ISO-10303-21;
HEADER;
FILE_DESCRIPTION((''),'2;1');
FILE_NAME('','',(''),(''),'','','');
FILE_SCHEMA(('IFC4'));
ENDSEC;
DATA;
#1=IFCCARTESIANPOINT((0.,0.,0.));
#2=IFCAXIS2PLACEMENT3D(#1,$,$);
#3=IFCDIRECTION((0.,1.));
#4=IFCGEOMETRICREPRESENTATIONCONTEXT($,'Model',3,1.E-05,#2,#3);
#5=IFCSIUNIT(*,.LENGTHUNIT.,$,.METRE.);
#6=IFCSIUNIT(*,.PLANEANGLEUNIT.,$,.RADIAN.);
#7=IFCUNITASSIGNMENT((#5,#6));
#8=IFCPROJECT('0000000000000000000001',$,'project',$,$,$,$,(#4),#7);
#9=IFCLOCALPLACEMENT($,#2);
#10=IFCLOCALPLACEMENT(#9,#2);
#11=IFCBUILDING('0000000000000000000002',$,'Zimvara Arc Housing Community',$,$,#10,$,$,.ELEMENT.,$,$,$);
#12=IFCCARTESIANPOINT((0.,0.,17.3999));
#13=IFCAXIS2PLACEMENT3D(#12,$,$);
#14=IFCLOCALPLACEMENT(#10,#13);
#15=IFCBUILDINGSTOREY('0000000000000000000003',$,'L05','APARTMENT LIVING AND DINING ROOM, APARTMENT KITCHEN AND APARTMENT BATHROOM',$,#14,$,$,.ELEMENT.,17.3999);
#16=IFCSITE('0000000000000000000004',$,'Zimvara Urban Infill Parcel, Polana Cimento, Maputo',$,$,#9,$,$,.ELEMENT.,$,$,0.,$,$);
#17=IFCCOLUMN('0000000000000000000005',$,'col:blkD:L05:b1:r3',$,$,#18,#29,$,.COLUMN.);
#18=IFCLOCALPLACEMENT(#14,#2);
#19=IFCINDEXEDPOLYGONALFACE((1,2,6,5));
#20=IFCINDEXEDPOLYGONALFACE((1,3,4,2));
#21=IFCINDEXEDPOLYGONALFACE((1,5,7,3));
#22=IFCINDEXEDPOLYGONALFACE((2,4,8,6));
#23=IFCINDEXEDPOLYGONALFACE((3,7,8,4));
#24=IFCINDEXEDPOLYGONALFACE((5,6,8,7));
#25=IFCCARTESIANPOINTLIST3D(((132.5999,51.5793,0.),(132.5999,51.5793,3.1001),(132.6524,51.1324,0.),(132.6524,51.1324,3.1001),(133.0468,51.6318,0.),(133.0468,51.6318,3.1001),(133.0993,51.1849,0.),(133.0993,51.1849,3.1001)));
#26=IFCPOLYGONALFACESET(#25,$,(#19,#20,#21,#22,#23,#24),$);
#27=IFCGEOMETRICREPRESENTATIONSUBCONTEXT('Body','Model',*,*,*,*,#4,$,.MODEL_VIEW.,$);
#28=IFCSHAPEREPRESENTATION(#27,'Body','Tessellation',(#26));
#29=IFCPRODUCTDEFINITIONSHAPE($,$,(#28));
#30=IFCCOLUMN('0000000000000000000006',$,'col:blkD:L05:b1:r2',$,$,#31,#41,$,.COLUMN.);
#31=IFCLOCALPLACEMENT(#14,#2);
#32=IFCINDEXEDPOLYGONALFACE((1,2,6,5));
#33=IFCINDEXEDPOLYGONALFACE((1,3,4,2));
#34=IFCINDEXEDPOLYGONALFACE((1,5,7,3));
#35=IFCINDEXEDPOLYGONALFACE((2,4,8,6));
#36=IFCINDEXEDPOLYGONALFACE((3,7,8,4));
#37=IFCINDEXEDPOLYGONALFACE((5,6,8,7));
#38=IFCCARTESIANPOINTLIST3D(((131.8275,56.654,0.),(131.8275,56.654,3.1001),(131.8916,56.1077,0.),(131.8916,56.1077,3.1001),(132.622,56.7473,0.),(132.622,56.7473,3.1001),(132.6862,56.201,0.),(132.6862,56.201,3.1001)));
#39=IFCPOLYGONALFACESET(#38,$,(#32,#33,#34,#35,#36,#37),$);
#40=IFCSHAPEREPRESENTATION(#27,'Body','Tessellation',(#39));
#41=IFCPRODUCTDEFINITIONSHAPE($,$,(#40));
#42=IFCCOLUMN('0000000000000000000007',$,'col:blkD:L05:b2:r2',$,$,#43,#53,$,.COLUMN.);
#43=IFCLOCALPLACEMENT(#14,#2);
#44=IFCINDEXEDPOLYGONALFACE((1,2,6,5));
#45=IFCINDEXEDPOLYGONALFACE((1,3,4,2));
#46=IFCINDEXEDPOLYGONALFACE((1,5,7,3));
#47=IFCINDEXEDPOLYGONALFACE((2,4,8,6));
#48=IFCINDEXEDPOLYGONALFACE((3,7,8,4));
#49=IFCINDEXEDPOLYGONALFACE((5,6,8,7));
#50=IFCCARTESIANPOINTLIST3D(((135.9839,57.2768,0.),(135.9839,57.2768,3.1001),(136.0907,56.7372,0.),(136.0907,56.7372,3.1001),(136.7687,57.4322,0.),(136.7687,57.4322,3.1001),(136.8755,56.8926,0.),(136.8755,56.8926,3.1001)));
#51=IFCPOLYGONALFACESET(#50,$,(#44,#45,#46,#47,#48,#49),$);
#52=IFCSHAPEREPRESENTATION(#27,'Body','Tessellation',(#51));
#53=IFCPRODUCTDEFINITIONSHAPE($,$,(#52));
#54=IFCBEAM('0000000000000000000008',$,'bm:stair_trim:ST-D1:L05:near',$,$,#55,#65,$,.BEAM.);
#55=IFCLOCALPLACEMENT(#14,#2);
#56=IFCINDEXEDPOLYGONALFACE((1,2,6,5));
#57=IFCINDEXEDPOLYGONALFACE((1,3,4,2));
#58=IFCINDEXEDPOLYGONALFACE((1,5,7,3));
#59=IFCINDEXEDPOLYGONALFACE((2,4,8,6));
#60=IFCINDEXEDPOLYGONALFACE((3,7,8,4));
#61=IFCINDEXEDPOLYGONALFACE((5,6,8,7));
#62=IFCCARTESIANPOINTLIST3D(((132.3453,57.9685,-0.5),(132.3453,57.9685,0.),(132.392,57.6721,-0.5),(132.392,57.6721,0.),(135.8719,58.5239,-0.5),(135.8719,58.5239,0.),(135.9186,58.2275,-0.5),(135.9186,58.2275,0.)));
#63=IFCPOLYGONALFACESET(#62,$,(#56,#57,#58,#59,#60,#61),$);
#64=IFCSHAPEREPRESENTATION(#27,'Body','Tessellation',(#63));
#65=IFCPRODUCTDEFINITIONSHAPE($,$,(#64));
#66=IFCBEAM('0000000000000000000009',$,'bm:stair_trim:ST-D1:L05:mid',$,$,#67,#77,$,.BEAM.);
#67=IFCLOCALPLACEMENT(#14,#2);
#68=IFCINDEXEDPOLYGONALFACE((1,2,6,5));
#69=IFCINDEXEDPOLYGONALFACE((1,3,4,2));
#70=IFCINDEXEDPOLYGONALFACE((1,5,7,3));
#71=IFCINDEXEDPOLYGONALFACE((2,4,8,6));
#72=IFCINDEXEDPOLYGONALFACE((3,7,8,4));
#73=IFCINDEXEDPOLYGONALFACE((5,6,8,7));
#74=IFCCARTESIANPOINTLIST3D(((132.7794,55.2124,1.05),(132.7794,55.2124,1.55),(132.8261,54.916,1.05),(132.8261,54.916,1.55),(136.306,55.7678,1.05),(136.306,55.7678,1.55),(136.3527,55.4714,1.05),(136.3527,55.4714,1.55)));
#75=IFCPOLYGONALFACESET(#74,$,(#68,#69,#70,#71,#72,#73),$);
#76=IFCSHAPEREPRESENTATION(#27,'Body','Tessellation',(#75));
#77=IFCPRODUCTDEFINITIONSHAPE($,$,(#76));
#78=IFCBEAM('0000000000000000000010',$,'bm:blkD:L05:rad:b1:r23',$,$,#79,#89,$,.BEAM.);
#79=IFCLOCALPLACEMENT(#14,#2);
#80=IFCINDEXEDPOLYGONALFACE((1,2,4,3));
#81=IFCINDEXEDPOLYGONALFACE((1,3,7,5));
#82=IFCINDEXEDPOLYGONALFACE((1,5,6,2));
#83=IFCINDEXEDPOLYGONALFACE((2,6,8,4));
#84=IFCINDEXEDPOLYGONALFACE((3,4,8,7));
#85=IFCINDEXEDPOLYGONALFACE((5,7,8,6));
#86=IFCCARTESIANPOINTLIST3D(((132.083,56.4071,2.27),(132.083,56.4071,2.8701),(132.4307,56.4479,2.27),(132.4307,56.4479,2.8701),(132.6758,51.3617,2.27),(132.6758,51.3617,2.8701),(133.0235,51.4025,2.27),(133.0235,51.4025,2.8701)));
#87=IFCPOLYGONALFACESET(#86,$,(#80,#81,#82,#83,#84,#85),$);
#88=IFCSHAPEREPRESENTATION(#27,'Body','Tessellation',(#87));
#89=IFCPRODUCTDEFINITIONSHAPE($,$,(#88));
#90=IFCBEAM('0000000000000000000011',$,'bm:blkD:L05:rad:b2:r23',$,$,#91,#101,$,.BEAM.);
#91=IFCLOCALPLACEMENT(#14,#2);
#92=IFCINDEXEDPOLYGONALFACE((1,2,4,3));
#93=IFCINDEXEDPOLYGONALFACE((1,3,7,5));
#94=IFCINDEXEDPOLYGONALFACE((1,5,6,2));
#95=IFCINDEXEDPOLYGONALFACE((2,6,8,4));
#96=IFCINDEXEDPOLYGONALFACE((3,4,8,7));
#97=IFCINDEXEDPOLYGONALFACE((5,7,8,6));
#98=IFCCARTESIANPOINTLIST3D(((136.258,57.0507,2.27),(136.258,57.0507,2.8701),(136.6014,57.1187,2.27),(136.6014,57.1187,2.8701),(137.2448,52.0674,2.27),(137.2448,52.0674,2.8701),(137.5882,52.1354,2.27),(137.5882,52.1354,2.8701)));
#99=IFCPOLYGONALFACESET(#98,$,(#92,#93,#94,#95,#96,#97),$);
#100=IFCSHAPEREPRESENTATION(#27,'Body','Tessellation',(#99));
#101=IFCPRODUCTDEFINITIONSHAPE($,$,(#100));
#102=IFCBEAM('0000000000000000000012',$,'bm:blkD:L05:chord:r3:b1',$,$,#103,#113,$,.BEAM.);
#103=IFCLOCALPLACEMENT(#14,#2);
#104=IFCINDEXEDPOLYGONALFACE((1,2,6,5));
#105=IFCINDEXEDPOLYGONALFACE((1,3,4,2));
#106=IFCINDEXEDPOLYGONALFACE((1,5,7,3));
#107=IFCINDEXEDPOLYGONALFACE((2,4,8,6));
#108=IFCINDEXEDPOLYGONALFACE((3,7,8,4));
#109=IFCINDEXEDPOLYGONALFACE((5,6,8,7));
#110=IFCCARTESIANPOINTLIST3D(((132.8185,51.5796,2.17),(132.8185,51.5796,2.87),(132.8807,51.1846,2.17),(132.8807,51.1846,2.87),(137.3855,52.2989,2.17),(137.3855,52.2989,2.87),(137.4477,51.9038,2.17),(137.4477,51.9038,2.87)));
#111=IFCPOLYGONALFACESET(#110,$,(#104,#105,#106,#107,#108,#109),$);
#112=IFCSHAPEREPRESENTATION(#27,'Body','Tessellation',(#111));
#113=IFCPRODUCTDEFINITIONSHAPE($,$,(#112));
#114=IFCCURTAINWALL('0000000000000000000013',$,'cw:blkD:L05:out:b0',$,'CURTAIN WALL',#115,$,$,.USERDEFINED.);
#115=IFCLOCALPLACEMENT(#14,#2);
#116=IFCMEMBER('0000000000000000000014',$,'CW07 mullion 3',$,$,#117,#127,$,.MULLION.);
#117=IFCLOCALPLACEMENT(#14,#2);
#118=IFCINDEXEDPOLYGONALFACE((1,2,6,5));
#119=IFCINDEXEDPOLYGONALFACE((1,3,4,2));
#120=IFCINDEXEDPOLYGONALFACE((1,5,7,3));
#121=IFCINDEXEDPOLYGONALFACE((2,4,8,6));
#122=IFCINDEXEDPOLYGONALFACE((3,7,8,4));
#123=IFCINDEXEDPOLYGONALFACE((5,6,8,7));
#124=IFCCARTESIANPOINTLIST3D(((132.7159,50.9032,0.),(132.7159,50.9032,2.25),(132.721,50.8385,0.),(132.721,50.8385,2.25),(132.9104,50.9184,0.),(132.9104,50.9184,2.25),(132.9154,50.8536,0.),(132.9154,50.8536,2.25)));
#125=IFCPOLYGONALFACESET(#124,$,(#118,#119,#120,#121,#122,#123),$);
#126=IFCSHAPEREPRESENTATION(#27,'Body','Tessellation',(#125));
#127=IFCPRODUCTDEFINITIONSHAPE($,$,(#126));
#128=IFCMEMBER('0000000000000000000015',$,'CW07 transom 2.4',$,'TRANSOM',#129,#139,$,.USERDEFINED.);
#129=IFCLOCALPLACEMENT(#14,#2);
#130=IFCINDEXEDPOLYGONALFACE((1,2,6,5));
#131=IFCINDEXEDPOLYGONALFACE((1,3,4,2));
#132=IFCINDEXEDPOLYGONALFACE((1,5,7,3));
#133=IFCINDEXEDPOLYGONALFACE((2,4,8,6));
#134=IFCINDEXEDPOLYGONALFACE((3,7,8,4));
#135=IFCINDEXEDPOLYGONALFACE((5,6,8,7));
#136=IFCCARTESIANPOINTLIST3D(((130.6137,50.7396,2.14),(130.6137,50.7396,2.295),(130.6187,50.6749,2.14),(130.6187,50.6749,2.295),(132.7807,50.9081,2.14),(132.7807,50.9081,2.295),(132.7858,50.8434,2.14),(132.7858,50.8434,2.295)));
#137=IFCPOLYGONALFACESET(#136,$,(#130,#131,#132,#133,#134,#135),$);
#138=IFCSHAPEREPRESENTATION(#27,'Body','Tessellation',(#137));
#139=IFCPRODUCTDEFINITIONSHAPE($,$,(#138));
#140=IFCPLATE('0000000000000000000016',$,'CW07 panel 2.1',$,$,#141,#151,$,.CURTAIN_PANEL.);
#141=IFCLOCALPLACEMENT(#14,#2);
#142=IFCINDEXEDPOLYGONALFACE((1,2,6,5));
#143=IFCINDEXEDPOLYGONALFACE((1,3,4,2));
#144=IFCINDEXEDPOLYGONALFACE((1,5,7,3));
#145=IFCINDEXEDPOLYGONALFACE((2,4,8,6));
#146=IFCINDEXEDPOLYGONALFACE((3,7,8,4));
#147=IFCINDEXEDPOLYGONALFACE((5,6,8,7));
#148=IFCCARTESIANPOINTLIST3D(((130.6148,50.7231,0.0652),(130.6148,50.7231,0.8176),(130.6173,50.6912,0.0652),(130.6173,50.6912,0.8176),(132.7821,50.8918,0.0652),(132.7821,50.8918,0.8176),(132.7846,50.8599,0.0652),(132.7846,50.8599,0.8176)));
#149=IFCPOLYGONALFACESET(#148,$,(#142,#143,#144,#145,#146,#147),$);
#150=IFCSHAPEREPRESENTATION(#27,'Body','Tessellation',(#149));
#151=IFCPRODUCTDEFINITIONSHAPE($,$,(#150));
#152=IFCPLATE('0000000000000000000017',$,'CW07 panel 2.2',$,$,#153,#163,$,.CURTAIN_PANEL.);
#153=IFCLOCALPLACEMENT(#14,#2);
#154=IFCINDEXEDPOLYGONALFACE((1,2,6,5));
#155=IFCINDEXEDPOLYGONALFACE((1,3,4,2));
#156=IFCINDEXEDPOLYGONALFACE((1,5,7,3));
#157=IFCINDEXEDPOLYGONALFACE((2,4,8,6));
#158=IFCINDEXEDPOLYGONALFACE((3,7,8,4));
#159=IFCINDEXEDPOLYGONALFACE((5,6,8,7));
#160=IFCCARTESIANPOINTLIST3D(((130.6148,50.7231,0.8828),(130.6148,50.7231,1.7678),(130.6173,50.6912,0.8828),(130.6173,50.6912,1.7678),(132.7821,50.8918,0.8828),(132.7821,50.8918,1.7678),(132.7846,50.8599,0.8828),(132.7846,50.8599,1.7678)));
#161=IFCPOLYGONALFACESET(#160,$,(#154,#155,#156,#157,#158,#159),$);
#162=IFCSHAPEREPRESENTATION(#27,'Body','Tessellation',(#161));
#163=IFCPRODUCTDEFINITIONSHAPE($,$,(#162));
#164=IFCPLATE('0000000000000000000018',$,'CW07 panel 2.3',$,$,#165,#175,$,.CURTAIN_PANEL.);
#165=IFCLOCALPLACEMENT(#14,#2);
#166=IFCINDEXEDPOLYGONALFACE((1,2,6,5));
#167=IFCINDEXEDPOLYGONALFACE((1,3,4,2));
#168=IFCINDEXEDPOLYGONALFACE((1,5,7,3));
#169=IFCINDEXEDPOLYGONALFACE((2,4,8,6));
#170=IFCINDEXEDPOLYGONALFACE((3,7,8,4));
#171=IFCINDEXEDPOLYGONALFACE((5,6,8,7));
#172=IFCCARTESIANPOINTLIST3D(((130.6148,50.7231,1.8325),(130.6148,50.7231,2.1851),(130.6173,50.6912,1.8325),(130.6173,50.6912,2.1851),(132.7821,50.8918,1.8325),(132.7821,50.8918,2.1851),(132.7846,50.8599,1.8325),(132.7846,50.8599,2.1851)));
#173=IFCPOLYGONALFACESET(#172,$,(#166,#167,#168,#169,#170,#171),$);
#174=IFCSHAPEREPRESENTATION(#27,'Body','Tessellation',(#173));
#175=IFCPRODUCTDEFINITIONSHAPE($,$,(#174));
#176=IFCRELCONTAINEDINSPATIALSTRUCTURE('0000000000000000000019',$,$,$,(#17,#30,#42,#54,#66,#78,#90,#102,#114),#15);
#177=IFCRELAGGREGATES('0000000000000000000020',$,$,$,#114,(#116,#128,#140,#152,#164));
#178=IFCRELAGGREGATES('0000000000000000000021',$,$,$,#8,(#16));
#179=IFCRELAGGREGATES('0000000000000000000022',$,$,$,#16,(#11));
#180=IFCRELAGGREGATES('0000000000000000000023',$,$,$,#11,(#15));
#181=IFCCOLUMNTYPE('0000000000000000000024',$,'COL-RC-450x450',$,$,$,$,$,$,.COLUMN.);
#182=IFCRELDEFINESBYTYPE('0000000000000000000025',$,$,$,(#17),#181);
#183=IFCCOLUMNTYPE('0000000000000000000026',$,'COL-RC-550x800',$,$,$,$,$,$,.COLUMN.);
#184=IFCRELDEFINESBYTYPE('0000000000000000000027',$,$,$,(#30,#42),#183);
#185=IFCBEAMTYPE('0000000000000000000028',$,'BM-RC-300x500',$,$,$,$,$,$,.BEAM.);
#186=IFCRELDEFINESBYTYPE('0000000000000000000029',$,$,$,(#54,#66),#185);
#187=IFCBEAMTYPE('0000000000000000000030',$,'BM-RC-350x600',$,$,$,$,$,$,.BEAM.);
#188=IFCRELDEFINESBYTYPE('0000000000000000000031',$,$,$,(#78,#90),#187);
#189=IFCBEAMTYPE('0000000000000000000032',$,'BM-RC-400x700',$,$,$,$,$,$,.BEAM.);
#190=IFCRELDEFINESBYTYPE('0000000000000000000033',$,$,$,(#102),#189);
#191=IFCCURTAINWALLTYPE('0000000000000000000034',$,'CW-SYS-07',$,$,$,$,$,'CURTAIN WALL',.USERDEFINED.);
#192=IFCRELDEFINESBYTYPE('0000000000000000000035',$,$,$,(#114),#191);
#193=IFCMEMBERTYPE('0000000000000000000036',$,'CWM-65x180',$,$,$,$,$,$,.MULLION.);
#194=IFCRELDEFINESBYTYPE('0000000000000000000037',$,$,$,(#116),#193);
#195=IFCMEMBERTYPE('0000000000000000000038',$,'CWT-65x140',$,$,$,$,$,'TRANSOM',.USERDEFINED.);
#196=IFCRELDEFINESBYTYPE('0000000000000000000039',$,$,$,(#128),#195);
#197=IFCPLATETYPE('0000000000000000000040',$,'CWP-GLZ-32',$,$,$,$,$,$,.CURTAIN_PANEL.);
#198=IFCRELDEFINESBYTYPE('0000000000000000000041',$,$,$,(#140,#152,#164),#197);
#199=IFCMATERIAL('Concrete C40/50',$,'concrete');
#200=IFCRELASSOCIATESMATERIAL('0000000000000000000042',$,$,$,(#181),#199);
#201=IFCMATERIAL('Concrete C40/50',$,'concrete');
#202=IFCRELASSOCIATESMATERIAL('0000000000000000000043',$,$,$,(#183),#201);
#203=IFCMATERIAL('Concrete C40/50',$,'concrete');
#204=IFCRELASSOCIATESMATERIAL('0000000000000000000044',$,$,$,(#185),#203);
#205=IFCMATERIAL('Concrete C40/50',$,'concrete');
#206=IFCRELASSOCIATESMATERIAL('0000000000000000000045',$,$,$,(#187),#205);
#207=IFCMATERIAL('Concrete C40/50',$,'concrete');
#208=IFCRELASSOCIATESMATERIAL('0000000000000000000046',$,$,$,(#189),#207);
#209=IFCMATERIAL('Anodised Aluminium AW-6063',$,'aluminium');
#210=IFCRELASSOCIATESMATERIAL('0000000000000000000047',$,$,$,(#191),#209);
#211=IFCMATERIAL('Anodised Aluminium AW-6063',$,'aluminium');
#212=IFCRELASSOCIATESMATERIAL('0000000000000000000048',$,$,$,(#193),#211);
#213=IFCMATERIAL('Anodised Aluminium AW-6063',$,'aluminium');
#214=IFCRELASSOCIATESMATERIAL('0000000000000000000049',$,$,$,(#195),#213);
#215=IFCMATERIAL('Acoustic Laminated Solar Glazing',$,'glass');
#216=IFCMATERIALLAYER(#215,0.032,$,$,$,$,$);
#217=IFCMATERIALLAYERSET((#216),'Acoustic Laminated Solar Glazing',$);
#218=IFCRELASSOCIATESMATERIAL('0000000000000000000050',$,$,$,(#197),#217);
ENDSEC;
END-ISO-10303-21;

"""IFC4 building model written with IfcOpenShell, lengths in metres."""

from ifc_helpers import new_model, si_unit, direction, frame, origin, origin_2d, place, context, subcontext, project, spatial, rectangle, extrude, material, layer, layer_set, material_profile, profile_set, type_object, element, aggregate, save


model = new_model("IFC4")

# Units and contexts
model_context = context("Model", 3, precision=1e-05, world=origin(), true_north=direction((0.0, 1.0)))
body_context = subcontext(model_context, "Body", "Model", "MODEL_VIEW")
ifc_project = project(units=[si_unit("LENGTHUNIT", "METRE"), si_unit("PLANEANGLEUNIT", "RADIAN")], contexts=[model_context])

# Site, building, storey
site_placement = place(None, origin())
site = spatial("IfcSite", under=ifc_project, at=site_placement, Name="Zimvara Urban Infill Parcel, Polana Cimento, Maputo", CompositionType="ELEMENT", RefElevation=0.0)
building_placement = place(site_placement, origin())
building = spatial("IfcBuilding", under=site, at=building_placement, Name="Zimvara Arc Housing Community", CompositionType="ELEMENT")
storey_placement = place(building_placement, frame((0.0, 0.0, 17.3999)))
storey = spatial("IfcBuildingStorey", under=building, at=storey_placement, Name="L05", Description="APARTMENT LIVING AND DINING ROOM, APARTMENT KITCHEN AND APARTMENT BATHROOM", CompositionType="ELEMENT", Elevation=17.3999)

# Columns
ifc_material_1 = material(Name="Concrete C40/50", Category="concrete")
ifc_material_profile_1 = material_profile(ifc_material_1, rectangle(XDim=0.45, YDim=0.45, at=origin_2d()), Name="RC 450x450")
ifc_profile_set_1 = profile_set([ifc_material_profile_1], Name="Concrete C40/50")
column_type_1 = type_object("IfcColumnType", Name="COL-RC-450x450", PredefinedType="COLUMN", material=ifc_profile_set_1)
column_placement = place(storey_placement, frame((132.8496, 51.3821, 0.0), z_axis=(0.0, 0.0, 1.0), x_axis=(0.116671, -0.993171, 0.0)))
element("IfcColumn", 1, at=column_placement, inside=storey, type_object=column_type_1, Name="col:blkD:L05:b1:r3", PredefinedType="COLUMN", context=body_context, shape_type="SweptSolid", body=[
    extrude(rectangle(XDim=0.45, YDim=0.45, at=origin_2d()), origin(), (0.0, 0.0, 1.0), 3.1001),
])
ifc_material_2 = material(Name="Concrete C40/50", Category="concrete")
ifc_material_profile_2 = material_profile(ifc_material_2, rectangle(XDim=0.55, YDim=0.8, at=origin_2d()), Name="RC 550x800")
ifc_profile_set_2 = profile_set([ifc_material_profile_2], Name="Concrete C40/50")
column_type_2 = type_object("IfcColumnType", Name="COL-RC-550x800", PredefinedType="COLUMN", material=ifc_profile_set_2)
for number, where, z_axis, x_axis, name in (
    (2, (132.2568, 56.4275, 0.0), (0.0, 0.0, 1.0), (0.116671, -0.993171, 0.0), "col:blkD:L05:b1:r2"),
    (3, (136.4297, 57.0847, 0.0), (0.0, 0.0, 1.0), (0.194234, -0.980955, 0.0), "col:blkD:L05:b2:r2"),
):
    element("IfcColumn", number, at=place(storey_placement, frame(where, z_axis=z_axis, x_axis=x_axis)), inside=storey, type_object=column_type_2, Name=name, PredefinedType="COLUMN", context=body_context, shape_type="SweptSolid", body=[
        extrude(rectangle(XDim=0.55, YDim=0.8, at=origin_2d()), origin(), (0.0, 0.0, 1.0), 3.1001),
    ])

# Beams
ifc_material_3 = material(Name="Concrete C40/50", Category="concrete")
ifc_material_profile_3 = material_profile(ifc_material_3, rectangle(XDim=0.3, YDim=0.5, at=origin_2d()), Name="RC 300x500")
ifc_profile_set_3 = profile_set([ifc_material_profile_3], Name="Concrete C40/50")
beam_type_1 = type_object("IfcBeamType", Name="BM-RC-300x500", PredefinedType="BEAM", material=ifc_profile_set_3)
for number, where, z_axis, x_axis, name in (
    (4, (132.3687, 57.8203, -0.25), (0.987824, 0.155576, 0.0), (-0.155576, 0.987824, 0.0), "bm:stair_trim:ST-D1:L05:near"),
    (5, (132.8027, 55.0642, 1.3), (0.987824, 0.155576, 0.0), (-0.155576, 0.987824, 0.0), "bm:stair_trim:ST-D1:L05:mid"),
):
    element("IfcBeam", number, at=place(storey_placement, frame(where, z_axis=z_axis, x_axis=x_axis)), inside=storey, type_object=beam_type_1, Name=name, PredefinedType="BEAM", context=body_context, shape_type="SweptSolid", body=[
        extrude(rectangle(XDim=0.3, YDim=0.5, at=origin_2d()), origin(), (0.0, 0.0, 1.0), 3.5701),
    ])
ifc_material_4 = material(Name="Concrete C40/50", Category="concrete")
ifc_material_profile_4 = material_profile(ifc_material_4, rectangle(XDim=0.3501, YDim=0.6001, at=origin_2d()), Name="RC 350x600")
ifc_profile_set_4 = profile_set([ifc_material_profile_4], Name="Concrete C40/50")
beam_type_2 = type_object("IfcBeamType", Name="BM-RC-350x600", PredefinedType="BEAM", material=ifc_profile_set_4)
for number, where, z_axis, x_axis, name in (
    (6, (132.2568, 56.4275, 2.5701), (0.116685, -0.993169, 0.0), (0.993169, 0.116685, 0.0), "bm:blkD:L05:rad:b1:r23"),
    (7, (136.4297, 57.0847, 2.5701), (0.194249, -0.980952, 0.0), (0.980952, 0.194249, 0.0), "bm:blkD:L05:rad:b2:r23"),
):
    element("IfcBeam", number, at=place(storey_placement, frame(where, z_axis=z_axis, x_axis=x_axis)), inside=storey, type_object=beam_type_2, Name=name, PredefinedType="BEAM", context=body_context, shape_type="SweptSolid", body=[
        extrude(rectangle(XDim=0.3501, YDim=0.6001, at=origin_2d()), origin(), (0.0, 0.0, 1.0), 5.0801),
    ])
ifc_material_5 = material(Name="Concrete C40/50", Category="concrete")
ifc_material_profile_5 = material_profile(ifc_material_5, rectangle(XDim=0.3999, YDim=0.7, at=origin_2d()), Name="RC 400x700")
ifc_profile_set_5 = profile_set([ifc_material_profile_5], Name="Concrete C40/50")
beam_type_3 = type_object("IfcBeamType", Name="BM-RC-400x700", PredefinedType="BEAM", material=ifc_profile_set_5)
beam_placement = place(storey_placement, frame((132.8496, 51.3821, 2.52), z_axis=(0.987825, 0.155572, 0.0), x_axis=(-0.155572, 0.987825, 0.0)))
element("IfcBeam", 8, at=beam_placement, inside=storey, type_object=beam_type_3, Name="bm:blkD:L05:chord:r3:b1", PredefinedType="BEAM", context=body_context, shape_type="SweptSolid", body=[
    extrude(rectangle(XDim=0.3999, YDim=0.7, at=origin_2d()), origin(), (0.0, 0.0, 1.0), 4.6233),
])

# Curtain wall, members, plates
ifc_material_6 = material(Name="Anodised Aluminium AW-6063", Category="aluminium")
curtain_wall_type = type_object("IfcCurtainWallType", Name="CW-SYS-07", ElementType="CURTAIN WALL", PredefinedType="USERDEFINED", material=ifc_material_6)
curtain_wall_placement = place(storey_placement, origin())
curtain_wall = element("IfcCurtainWall", 9, at=curtain_wall_placement, inside=storey, type_object=curtain_wall_type, Name="cw:blkD:L05:out:b0", ObjectType="CURTAIN WALL", PredefinedType="USERDEFINED")
ifc_material_7 = material(Name="Anodised Aluminium AW-6063", Category="aluminium")
ifc_material_profile_6 = material_profile(ifc_material_7, rectangle(XDim=0.0649, YDim=0.1951, at=origin_2d()), Name="ALU 65x195")
ifc_profile_set_6 = profile_set([ifc_material_profile_6], Name="Anodised Aluminium AW-6063")
member_type_1 = type_object("IfcMemberType", Name="CWM-65x180", PredefinedType="MULLION", material=ifc_profile_set_6)
member_1_placement = place(storey_placement, frame((132.8157, 50.8784, 0.0), z_axis=(0.0, 0.0, 1.0), x_axis=(-0.07759, 0.996985, 0.0)))
member_1 = element("IfcMember", 10, at=member_1_placement, type_object=member_type_1, Name="CW07 mullion 3", PredefinedType="MULLION", context=body_context, shape_type="SweptSolid", body=[
    extrude(rectangle(XDim=0.0649, YDim=0.1951, at=origin_2d()), origin(), (0.0, 0.0, 1.0), 2.25),
])
ifc_material_8 = material(Name="Anodised Aluminium AW-6063", Category="aluminium")
ifc_material_profile_7 = material_profile(ifc_material_8, rectangle(XDim=0.0649, YDim=0.155, at=origin_2d()), Name="ALU 65x155")
ifc_profile_set_7 = profile_set([ifc_material_profile_7], Name="Anodised Aluminium AW-6063")
member_type_2 = type_object("IfcMemberType", Name="CWT-65x140", ElementType="TRANSOM", PredefinedType="USERDEFINED", material=ifc_profile_set_7)
member_2_placement = place(storey_placement, frame((130.6162, 50.7073, 2.2175), z_axis=(0.996992, 0.077504, 0.0), x_axis=(-0.077504, 0.996992, 0.0)))
member_2 = element("IfcMember", 11, at=member_2_placement, type_object=member_type_2, Name="CW07 transom 2.4", ObjectType="TRANSOM", PredefinedType="USERDEFINED", context=body_context, shape_type="SweptSolid", body=[
    extrude(rectangle(XDim=0.0649, YDim=0.155, at=origin_2d()), origin(), (0.0, 0.0, 1.0), 2.1736),
])
ifc_material_9 = material(Name="Acoustic Laminated Solar Glazing", Category="glass")
ifc_layer_1 = layer(ifc_material_9, 0.032)
ifc_layer_set_1 = layer_set([ifc_layer_1], Name="Acoustic Laminated Solar Glazing")
plate_type = type_object("IfcPlateType", Name="CWP-GLZ-32", PredefinedType="CURTAIN_PANEL", material=ifc_layer_set_1)
plate_1_placement = place(storey_placement, frame((131.6997, 50.7915, 0.0652), z_axis=(0.0, 0.0, 1.0), x_axis=(0.996985, 0.07759, 0.0)))
plate_1 = element("IfcPlate", 12, at=plate_1_placement, type_object=plate_type, Name="CW07 panel 2.1", PredefinedType="CURTAIN_PANEL", context=body_context, shape_type="SweptSolid", body=[
    extrude(rectangle(XDim=2.1738, YDim=0.032, at=origin_2d()), origin(), (0.0, 0.0, 1.0), 0.7524),
])
plate_2_placement = place(storey_placement, frame((131.6997, 50.7915, 0.8828), z_axis=(0.0, 0.0, 1.0), x_axis=(0.996985, 0.07759, 0.0)))
plate_2 = element("IfcPlate", 13, at=plate_2_placement, type_object=plate_type, Name="CW07 panel 2.2", PredefinedType="CURTAIN_PANEL", context=body_context, shape_type="SweptSolid", body=[
    extrude(rectangle(XDim=2.1738, YDim=0.032, at=origin_2d()), origin(), (0.0, 0.0, 1.0), 0.885),
])
plate_3_placement = place(storey_placement, frame((131.6997, 50.7915, 1.8325), z_axis=(0.0, 0.0, 1.0), x_axis=(0.996985, 0.07759, 0.0)))
plate_3 = element("IfcPlate", 14, at=plate_3_placement, type_object=plate_type, Name="CW07 panel 2.3", PredefinedType="CURTAIN_PANEL", context=body_context, shape_type="SweptSolid", body=[
    extrude(rectangle(XDim=2.1738, YDim=0.032, at=origin_2d()), origin(), (0.0, 0.0, 1.0), 0.3525),
])
aggregate(curtain_wall, [member_1, member_2, plate_1, plate_2, plate_3])

save(model, "model.ifc")
